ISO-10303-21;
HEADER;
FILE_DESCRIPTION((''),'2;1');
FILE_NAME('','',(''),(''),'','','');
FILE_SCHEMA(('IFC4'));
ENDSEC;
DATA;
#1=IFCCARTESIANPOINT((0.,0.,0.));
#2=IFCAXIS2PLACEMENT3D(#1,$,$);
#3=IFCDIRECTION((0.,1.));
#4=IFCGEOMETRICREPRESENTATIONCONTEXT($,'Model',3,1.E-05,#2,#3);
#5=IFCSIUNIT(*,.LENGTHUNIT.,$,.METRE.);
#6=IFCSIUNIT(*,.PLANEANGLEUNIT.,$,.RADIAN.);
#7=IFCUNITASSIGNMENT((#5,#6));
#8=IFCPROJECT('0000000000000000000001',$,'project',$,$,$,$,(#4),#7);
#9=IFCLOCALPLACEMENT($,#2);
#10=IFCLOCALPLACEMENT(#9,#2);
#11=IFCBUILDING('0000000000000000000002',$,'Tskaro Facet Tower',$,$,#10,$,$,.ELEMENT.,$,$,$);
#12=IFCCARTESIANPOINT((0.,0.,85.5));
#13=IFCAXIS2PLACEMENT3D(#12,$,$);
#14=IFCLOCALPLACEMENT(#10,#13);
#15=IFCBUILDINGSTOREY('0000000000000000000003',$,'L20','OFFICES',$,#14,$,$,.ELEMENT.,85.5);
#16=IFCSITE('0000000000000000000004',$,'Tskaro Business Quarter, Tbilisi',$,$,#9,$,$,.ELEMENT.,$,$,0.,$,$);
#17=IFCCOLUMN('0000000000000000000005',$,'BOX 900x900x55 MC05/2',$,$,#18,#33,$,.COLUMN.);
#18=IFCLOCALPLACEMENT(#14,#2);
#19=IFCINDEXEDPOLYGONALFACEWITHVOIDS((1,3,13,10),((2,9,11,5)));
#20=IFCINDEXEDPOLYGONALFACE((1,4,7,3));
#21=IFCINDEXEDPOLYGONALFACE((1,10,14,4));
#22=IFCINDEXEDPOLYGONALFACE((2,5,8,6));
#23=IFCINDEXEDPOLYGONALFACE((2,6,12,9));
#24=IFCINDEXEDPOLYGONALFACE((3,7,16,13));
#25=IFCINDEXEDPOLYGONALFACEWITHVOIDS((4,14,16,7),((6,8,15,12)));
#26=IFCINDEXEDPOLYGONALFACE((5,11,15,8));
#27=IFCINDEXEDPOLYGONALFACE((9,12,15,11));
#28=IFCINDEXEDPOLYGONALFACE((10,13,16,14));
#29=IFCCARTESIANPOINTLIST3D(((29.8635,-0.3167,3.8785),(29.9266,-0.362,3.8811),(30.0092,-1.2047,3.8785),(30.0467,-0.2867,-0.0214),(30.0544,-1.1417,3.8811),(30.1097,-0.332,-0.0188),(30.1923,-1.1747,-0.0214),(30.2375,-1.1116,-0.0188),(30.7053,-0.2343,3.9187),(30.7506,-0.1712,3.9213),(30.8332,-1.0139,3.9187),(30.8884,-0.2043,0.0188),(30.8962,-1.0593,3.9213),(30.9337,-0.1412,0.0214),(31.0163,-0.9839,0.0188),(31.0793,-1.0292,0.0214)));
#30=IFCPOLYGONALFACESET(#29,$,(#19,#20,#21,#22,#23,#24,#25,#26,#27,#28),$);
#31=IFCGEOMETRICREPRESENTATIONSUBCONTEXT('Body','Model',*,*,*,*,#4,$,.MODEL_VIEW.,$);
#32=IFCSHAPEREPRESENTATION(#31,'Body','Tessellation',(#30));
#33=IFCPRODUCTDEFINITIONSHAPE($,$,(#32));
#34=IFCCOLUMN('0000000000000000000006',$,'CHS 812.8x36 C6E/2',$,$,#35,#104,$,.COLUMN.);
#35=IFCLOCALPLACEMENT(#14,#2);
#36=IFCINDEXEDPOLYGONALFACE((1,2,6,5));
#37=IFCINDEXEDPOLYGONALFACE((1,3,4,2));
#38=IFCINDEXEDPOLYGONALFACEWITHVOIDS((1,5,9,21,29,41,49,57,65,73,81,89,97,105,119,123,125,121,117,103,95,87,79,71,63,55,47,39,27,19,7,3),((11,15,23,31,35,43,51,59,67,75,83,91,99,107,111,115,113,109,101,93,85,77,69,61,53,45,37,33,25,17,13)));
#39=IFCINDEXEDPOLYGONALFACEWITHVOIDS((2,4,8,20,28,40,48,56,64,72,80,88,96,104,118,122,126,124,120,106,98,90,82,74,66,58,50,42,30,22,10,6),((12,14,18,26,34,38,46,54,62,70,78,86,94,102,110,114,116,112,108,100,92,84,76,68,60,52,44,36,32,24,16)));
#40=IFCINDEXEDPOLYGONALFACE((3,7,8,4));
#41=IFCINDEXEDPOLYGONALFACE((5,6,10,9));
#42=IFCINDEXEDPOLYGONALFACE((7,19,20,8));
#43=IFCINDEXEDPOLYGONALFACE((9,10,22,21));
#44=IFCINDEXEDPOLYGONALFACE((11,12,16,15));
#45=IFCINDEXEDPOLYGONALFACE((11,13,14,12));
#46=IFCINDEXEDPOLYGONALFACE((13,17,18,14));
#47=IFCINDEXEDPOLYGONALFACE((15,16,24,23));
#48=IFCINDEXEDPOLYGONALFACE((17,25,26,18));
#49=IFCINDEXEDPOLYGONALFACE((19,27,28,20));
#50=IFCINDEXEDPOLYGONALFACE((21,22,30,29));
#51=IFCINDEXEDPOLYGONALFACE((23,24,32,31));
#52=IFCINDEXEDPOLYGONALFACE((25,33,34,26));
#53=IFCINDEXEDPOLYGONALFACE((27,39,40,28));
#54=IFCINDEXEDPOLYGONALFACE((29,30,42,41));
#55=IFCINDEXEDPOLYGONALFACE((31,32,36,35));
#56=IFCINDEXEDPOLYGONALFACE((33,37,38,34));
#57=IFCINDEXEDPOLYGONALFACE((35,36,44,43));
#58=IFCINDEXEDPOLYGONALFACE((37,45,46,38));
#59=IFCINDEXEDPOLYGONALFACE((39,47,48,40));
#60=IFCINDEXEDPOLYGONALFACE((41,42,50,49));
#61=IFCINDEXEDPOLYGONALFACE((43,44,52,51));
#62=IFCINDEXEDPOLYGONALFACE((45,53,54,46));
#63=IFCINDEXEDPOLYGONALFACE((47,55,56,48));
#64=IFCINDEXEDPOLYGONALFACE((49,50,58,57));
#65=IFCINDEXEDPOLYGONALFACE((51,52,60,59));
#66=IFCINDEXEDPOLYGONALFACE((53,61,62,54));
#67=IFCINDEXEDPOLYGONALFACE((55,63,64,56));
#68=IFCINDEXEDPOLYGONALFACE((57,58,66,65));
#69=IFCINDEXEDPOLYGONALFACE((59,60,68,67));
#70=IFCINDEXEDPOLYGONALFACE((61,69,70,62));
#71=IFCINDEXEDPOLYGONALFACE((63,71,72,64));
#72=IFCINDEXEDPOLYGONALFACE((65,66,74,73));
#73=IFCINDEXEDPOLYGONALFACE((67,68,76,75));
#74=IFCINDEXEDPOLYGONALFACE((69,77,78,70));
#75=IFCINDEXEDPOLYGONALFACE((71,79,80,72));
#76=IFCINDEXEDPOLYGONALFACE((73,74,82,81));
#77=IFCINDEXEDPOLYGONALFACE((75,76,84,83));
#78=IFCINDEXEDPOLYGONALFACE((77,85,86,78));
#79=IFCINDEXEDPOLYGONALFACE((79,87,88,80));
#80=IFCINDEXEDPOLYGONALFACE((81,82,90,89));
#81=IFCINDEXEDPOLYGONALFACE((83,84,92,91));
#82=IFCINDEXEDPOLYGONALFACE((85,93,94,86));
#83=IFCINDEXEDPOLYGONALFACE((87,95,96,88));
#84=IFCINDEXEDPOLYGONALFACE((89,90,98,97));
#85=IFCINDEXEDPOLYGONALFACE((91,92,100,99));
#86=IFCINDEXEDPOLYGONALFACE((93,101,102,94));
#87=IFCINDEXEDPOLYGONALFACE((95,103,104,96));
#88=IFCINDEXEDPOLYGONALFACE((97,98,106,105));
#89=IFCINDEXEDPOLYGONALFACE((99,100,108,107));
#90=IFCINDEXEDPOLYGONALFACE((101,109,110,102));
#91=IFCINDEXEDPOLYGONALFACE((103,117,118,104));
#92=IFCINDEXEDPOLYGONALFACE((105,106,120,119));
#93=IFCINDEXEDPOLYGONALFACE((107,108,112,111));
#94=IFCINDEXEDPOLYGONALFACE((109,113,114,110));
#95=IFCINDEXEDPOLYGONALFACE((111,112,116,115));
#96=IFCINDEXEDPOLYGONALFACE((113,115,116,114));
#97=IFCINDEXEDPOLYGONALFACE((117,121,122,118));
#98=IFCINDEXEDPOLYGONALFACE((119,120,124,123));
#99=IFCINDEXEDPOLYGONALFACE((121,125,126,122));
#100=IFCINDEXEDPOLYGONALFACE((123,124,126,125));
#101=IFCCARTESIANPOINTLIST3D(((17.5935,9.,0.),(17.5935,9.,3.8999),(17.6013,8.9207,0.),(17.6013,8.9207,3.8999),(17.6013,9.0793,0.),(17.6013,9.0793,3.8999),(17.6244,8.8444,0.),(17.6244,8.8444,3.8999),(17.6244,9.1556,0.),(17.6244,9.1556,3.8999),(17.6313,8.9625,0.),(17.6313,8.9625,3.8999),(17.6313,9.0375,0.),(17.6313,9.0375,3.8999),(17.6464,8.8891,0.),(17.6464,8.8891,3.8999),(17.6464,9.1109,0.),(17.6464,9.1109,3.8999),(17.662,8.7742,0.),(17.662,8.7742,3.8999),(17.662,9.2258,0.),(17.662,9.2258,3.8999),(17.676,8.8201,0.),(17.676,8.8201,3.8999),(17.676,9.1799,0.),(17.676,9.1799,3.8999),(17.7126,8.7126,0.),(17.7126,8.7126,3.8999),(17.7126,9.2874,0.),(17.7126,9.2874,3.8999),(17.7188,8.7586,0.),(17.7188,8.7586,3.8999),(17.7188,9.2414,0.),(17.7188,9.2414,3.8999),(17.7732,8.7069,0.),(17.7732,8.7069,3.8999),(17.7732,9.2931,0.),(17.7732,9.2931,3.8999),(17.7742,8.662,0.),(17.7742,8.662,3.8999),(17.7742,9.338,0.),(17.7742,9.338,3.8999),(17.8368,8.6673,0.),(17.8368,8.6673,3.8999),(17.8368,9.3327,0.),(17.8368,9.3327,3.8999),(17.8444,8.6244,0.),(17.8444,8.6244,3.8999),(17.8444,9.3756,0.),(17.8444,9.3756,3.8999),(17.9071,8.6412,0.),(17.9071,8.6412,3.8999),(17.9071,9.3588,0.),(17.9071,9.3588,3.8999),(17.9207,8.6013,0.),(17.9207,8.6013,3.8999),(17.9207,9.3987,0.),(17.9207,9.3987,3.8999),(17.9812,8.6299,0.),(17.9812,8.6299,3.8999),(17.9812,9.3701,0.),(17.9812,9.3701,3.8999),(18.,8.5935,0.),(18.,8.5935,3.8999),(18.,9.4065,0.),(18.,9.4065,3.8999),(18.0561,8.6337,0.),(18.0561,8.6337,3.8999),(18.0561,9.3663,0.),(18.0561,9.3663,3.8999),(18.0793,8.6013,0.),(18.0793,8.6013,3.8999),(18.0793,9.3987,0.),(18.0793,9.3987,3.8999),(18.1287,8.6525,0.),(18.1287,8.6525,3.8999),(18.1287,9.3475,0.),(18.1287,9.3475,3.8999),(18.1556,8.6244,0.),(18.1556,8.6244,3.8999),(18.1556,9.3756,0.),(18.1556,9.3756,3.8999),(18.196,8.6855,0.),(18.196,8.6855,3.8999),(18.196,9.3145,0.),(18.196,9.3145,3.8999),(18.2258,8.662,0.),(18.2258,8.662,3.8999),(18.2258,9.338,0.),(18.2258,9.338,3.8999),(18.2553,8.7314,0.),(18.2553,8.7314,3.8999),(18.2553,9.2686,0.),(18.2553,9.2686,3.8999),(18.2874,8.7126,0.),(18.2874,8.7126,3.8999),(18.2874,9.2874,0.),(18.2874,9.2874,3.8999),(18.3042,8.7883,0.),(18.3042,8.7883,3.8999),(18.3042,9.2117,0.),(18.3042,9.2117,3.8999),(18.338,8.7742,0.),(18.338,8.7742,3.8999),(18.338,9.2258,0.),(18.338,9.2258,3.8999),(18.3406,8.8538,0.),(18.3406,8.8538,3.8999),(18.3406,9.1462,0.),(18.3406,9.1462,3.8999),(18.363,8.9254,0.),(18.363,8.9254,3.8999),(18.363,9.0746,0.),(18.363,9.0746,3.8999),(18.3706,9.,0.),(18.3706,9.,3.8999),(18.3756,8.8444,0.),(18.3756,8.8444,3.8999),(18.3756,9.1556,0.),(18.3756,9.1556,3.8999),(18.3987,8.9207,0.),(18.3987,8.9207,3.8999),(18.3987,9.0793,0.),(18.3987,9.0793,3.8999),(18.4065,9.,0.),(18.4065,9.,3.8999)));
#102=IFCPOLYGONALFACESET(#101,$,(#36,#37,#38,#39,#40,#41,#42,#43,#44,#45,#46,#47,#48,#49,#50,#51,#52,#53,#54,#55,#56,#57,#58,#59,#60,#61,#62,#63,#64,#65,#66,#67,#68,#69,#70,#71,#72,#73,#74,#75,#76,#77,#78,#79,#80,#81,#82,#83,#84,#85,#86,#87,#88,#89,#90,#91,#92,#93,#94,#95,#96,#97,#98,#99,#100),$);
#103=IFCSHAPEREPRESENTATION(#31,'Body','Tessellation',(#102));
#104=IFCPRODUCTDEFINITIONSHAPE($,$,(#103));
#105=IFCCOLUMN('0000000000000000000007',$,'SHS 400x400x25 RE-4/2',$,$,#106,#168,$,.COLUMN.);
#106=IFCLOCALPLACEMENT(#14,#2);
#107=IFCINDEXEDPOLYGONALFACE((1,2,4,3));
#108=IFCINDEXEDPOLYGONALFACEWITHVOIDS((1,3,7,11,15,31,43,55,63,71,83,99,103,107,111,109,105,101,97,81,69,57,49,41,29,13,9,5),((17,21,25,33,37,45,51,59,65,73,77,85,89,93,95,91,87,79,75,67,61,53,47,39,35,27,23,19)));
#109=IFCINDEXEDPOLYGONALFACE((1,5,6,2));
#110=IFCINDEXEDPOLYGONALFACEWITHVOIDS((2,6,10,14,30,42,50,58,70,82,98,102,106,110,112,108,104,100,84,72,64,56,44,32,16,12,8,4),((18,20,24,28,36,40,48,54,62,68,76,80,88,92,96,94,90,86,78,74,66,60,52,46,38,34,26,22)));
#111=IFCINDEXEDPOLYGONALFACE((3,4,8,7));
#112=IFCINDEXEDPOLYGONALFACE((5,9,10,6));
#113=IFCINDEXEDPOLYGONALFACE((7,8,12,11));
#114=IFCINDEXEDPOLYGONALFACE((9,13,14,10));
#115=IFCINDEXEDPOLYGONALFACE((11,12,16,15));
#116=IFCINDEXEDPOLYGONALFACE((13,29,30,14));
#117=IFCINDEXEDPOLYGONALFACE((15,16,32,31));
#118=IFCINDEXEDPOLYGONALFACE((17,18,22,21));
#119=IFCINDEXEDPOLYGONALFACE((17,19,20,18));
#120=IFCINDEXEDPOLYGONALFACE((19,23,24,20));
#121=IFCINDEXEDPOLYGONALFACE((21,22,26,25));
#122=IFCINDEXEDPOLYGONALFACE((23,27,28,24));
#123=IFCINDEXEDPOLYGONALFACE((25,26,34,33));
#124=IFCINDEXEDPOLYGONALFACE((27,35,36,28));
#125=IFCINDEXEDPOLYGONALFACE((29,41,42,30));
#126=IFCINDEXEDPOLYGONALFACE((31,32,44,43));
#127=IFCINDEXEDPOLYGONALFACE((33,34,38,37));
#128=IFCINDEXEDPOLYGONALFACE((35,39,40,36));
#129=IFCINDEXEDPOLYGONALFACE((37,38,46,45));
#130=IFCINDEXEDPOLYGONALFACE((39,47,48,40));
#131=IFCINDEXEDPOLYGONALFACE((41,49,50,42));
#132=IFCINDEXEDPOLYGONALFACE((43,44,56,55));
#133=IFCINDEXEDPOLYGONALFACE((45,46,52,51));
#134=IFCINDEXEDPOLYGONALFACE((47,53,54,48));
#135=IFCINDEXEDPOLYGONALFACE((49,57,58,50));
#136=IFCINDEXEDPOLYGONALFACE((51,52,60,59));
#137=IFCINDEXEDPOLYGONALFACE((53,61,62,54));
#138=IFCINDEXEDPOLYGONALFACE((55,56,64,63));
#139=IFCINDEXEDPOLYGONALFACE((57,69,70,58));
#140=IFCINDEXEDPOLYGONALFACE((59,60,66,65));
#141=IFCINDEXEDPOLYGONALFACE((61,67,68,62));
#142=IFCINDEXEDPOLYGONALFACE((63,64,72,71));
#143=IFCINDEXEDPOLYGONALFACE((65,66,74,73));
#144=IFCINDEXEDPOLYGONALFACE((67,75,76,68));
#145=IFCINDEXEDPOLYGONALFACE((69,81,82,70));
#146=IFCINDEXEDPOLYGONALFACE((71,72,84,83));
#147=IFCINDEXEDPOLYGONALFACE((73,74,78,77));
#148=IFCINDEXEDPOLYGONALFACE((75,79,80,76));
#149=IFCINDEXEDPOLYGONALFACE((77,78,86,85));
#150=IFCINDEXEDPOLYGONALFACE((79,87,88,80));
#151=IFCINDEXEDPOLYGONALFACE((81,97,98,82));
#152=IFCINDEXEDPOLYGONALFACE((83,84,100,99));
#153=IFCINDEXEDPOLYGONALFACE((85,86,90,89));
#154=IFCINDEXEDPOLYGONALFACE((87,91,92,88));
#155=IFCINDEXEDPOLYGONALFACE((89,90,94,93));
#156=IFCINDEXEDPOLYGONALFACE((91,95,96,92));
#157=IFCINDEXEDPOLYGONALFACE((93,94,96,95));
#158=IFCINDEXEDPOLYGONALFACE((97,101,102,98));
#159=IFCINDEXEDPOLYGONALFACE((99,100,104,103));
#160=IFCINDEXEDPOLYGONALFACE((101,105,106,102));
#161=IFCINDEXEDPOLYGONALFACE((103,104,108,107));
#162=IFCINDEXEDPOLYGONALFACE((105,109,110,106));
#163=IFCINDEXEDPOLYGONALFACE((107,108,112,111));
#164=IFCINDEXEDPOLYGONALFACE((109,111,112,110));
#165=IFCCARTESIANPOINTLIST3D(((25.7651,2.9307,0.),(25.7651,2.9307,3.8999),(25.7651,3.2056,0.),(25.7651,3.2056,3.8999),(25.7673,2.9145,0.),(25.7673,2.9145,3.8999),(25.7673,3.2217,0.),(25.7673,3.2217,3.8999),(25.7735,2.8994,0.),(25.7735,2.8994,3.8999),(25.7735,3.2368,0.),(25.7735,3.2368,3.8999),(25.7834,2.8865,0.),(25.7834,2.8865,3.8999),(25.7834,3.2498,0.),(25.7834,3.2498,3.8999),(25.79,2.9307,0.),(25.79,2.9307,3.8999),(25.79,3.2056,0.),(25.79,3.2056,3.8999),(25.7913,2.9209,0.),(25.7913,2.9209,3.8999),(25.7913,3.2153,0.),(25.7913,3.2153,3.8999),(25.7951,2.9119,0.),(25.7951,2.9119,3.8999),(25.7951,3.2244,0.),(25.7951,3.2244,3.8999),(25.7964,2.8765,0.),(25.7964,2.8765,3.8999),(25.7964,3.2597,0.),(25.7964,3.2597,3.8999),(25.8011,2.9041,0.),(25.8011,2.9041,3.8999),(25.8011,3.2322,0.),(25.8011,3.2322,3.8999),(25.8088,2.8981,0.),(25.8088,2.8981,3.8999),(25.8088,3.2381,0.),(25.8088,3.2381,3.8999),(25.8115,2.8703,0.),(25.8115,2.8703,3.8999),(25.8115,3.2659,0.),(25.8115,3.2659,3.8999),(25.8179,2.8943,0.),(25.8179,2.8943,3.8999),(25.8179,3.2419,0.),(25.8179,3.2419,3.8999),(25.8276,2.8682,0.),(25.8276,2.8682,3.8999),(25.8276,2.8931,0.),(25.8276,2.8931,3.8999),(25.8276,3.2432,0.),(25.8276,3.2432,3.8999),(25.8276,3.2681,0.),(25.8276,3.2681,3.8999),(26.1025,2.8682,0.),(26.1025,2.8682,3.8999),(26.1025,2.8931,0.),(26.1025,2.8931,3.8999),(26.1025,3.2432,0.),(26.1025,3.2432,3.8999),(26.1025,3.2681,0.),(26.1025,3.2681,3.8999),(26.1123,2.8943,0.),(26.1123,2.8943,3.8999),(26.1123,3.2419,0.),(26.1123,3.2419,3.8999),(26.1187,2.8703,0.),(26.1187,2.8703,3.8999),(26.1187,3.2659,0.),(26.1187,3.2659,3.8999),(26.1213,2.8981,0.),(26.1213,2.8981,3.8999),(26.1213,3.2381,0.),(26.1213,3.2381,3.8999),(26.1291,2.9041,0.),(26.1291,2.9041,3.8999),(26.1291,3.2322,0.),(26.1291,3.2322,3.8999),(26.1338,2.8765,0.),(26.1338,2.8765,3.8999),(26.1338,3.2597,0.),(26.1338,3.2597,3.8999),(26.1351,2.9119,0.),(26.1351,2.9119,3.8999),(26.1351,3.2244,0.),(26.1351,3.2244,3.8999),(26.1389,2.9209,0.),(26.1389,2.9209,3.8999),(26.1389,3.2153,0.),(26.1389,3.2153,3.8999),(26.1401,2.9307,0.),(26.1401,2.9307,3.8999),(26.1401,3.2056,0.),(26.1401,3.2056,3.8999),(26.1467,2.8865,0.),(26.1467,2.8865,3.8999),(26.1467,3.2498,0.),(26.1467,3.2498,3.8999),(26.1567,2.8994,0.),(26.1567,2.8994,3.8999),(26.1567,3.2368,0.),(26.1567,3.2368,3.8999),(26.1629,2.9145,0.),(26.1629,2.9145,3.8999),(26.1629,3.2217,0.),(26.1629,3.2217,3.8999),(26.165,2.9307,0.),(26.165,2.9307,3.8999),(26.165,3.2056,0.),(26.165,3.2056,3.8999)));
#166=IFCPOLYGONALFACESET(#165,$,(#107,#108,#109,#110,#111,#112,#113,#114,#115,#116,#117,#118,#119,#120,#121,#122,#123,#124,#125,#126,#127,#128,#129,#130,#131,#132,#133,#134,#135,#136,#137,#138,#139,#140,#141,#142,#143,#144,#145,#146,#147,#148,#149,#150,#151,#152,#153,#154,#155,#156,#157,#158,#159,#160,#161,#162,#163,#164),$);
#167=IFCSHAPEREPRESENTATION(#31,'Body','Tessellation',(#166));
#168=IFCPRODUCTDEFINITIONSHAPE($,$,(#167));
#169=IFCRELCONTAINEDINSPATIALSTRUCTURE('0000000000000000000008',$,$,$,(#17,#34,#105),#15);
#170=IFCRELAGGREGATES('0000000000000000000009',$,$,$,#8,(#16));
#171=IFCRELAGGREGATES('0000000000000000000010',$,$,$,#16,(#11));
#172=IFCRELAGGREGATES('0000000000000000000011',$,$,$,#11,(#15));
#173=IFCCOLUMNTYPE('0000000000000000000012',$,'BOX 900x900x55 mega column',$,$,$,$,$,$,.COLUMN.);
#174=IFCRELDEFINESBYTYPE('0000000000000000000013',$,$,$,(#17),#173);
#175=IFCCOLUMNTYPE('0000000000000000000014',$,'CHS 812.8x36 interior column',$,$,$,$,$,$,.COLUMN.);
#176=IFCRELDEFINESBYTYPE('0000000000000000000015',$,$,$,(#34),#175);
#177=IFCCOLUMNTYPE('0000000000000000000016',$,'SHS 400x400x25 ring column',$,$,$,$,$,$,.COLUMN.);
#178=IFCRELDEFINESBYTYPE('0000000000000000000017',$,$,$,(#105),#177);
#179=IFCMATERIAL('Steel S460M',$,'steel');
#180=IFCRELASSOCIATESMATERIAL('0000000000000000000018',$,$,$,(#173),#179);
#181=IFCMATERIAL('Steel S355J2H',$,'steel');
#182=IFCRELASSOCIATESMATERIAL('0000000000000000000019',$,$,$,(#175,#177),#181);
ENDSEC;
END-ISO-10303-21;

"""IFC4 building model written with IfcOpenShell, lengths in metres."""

from ifc_helpers import new_model, si_unit, direction, frame, origin, origin_2d, place, context, subcontext, project, spatial, hollow_rectangle, hollow_circle, extrude, material, material_profile, profile_set, type_object, element, save


model = new_model("IFC4")

# Units and contexts
model_context = context("Model", 3, precision=1e-05, world=origin(), true_north=direction((0.0, 1.0)))
body_context = subcontext(model_context, "Body", "Model", "MODEL_VIEW")
ifc_project = project(units=[si_unit("LENGTHUNIT", "METRE"), si_unit("PLANEANGLEUNIT", "RADIAN")], contexts=[model_context])

# Site, building, storey
site_placement = place(None, origin())
site = spatial("IfcSite", under=ifc_project, at=site_placement, Name="Tskaro Business Quarter, Tbilisi", CompositionType="ELEMENT", RefElevation=0.0)
building_placement = place(site_placement, origin())
building = spatial("IfcBuilding", under=site, at=building_placement, Name="Tskaro Facet Tower", CompositionType="ELEMENT")
storey_placement = place(building_placement, frame((0.0, 0.0, 85.5)))
storey = spatial("IfcBuildingStorey", under=building, at=storey_placement, Name="L20", Description="OFFICES", CompositionType="ELEMENT", Elevation=85.5)

# Columns
ifc_material_1 = material(Name="Steel S460M", Category="steel")
ifc_material_profile_1 = material_profile(ifc_material_1, hollow_rectangle(XDim=0.8999, YDim=0.8999, WallThickness=0.0549, at=origin_2d()), Name="BOX 900x900x55")
ifc_profile_set_1 = profile_set([ifc_material_profile_1], Name="Steel S460M")
column_type_1 = type_object("IfcColumnType", Name="BOX 900x900x55 mega column", PredefinedType="COLUMN", material=ifc_profile_set_1)
column_1_placement = place(storey_placement, frame((30.563, -0.658, 0.0), z_axis=(-0.046898, -0.007691, 0.99887), x_axis=(0.161838, -0.986817, 0.0)))
element("IfcColumn", 1, at=column_1_placement, inside=storey, type_object=column_type_1, Name="BOX 900x900x55 MC05/2", PredefinedType="COLUMN", context=body_context, shape_type="SweptSolid", body=[
    extrude(hollow_rectangle(XDim=0.8999, YDim=0.8999, WallThickness=0.0549, at=origin_2d()), origin(), (0.0, 0.0, 1.0), 3.9043),
])
ifc_material_2 = material(Name="Steel S355J2H", Category="steel")
ifc_material_profile_2 = material_profile(ifc_material_2, hollow_circle(Radius=0.4065, WallThickness=0.0359, at=origin_2d()), Name="CHS 812.8x36")
ifc_profile_set_2 = profile_set([ifc_material_profile_2], Name="Steel S355J2H")
column_type_2 = type_object("IfcColumnType", Name="CHS 812.8x36 interior column", PredefinedType="COLUMN", material=ifc_profile_set_2)
column_2_placement = place(storey_placement, frame((18.0, 9.0, 0.0), z_axis=(0.0, 0.0, 1.0), x_axis=(1.0, 0.0, 0.0)))
element("IfcColumn", 2, at=column_2_placement, inside=storey, type_object=column_type_2, Name="CHS 812.8x36 C6E/2", PredefinedType="COLUMN", context=body_context, shape_type="SweptSolid", body=[
    extrude(hollow_circle(Radius=0.4065, WallThickness=0.0359, at=origin_2d()), origin(), (0.0, 0.0, 1.0), 3.8999),
])
ifc_material_profile_3 = material_profile(ifc_material_2, hollow_rectangle(XDim=0.3999, YDim=0.3999, WallThickness=0.0249, InnerFilletRadius=0.0376, OuterFilletRadius=0.0625, at=origin_2d()), Name="SHS 400x400x25")
ifc_profile_set_3 = profile_set([ifc_material_profile_3], Name="Steel S355J2H")
column_type_3 = type_object("IfcColumnType", Name="SHS 400x400x25 ring column", PredefinedType="COLUMN", material=ifc_profile_set_3)
for number, where, z_axis, x_axis, name in (
    (3, (25.9651, 3.0681, 0.0), (0.0, 0.0, 1.0), (1.0, 0.0, 0.0), "SHS 400x400x25 RE-4/2"),
):
    element("IfcColumn", number, at=place(storey_placement, frame(where, z_axis=z_axis, x_axis=x_axis)), inside=storey, type_object=column_type_3, Name=name, PredefinedType="COLUMN", context=body_context, shape_type="SweptSolid", body=[
        extrude(hollow_rectangle(XDim=0.3999, YDim=0.3999, WallThickness=0.0249, InnerFilletRadius=0.0376, OuterFilletRadius=0.0625, at=origin_2d()), origin(), (0.0, 0.0, 1.0), 3.8999),
    ])

save(model, "model.ifc")
